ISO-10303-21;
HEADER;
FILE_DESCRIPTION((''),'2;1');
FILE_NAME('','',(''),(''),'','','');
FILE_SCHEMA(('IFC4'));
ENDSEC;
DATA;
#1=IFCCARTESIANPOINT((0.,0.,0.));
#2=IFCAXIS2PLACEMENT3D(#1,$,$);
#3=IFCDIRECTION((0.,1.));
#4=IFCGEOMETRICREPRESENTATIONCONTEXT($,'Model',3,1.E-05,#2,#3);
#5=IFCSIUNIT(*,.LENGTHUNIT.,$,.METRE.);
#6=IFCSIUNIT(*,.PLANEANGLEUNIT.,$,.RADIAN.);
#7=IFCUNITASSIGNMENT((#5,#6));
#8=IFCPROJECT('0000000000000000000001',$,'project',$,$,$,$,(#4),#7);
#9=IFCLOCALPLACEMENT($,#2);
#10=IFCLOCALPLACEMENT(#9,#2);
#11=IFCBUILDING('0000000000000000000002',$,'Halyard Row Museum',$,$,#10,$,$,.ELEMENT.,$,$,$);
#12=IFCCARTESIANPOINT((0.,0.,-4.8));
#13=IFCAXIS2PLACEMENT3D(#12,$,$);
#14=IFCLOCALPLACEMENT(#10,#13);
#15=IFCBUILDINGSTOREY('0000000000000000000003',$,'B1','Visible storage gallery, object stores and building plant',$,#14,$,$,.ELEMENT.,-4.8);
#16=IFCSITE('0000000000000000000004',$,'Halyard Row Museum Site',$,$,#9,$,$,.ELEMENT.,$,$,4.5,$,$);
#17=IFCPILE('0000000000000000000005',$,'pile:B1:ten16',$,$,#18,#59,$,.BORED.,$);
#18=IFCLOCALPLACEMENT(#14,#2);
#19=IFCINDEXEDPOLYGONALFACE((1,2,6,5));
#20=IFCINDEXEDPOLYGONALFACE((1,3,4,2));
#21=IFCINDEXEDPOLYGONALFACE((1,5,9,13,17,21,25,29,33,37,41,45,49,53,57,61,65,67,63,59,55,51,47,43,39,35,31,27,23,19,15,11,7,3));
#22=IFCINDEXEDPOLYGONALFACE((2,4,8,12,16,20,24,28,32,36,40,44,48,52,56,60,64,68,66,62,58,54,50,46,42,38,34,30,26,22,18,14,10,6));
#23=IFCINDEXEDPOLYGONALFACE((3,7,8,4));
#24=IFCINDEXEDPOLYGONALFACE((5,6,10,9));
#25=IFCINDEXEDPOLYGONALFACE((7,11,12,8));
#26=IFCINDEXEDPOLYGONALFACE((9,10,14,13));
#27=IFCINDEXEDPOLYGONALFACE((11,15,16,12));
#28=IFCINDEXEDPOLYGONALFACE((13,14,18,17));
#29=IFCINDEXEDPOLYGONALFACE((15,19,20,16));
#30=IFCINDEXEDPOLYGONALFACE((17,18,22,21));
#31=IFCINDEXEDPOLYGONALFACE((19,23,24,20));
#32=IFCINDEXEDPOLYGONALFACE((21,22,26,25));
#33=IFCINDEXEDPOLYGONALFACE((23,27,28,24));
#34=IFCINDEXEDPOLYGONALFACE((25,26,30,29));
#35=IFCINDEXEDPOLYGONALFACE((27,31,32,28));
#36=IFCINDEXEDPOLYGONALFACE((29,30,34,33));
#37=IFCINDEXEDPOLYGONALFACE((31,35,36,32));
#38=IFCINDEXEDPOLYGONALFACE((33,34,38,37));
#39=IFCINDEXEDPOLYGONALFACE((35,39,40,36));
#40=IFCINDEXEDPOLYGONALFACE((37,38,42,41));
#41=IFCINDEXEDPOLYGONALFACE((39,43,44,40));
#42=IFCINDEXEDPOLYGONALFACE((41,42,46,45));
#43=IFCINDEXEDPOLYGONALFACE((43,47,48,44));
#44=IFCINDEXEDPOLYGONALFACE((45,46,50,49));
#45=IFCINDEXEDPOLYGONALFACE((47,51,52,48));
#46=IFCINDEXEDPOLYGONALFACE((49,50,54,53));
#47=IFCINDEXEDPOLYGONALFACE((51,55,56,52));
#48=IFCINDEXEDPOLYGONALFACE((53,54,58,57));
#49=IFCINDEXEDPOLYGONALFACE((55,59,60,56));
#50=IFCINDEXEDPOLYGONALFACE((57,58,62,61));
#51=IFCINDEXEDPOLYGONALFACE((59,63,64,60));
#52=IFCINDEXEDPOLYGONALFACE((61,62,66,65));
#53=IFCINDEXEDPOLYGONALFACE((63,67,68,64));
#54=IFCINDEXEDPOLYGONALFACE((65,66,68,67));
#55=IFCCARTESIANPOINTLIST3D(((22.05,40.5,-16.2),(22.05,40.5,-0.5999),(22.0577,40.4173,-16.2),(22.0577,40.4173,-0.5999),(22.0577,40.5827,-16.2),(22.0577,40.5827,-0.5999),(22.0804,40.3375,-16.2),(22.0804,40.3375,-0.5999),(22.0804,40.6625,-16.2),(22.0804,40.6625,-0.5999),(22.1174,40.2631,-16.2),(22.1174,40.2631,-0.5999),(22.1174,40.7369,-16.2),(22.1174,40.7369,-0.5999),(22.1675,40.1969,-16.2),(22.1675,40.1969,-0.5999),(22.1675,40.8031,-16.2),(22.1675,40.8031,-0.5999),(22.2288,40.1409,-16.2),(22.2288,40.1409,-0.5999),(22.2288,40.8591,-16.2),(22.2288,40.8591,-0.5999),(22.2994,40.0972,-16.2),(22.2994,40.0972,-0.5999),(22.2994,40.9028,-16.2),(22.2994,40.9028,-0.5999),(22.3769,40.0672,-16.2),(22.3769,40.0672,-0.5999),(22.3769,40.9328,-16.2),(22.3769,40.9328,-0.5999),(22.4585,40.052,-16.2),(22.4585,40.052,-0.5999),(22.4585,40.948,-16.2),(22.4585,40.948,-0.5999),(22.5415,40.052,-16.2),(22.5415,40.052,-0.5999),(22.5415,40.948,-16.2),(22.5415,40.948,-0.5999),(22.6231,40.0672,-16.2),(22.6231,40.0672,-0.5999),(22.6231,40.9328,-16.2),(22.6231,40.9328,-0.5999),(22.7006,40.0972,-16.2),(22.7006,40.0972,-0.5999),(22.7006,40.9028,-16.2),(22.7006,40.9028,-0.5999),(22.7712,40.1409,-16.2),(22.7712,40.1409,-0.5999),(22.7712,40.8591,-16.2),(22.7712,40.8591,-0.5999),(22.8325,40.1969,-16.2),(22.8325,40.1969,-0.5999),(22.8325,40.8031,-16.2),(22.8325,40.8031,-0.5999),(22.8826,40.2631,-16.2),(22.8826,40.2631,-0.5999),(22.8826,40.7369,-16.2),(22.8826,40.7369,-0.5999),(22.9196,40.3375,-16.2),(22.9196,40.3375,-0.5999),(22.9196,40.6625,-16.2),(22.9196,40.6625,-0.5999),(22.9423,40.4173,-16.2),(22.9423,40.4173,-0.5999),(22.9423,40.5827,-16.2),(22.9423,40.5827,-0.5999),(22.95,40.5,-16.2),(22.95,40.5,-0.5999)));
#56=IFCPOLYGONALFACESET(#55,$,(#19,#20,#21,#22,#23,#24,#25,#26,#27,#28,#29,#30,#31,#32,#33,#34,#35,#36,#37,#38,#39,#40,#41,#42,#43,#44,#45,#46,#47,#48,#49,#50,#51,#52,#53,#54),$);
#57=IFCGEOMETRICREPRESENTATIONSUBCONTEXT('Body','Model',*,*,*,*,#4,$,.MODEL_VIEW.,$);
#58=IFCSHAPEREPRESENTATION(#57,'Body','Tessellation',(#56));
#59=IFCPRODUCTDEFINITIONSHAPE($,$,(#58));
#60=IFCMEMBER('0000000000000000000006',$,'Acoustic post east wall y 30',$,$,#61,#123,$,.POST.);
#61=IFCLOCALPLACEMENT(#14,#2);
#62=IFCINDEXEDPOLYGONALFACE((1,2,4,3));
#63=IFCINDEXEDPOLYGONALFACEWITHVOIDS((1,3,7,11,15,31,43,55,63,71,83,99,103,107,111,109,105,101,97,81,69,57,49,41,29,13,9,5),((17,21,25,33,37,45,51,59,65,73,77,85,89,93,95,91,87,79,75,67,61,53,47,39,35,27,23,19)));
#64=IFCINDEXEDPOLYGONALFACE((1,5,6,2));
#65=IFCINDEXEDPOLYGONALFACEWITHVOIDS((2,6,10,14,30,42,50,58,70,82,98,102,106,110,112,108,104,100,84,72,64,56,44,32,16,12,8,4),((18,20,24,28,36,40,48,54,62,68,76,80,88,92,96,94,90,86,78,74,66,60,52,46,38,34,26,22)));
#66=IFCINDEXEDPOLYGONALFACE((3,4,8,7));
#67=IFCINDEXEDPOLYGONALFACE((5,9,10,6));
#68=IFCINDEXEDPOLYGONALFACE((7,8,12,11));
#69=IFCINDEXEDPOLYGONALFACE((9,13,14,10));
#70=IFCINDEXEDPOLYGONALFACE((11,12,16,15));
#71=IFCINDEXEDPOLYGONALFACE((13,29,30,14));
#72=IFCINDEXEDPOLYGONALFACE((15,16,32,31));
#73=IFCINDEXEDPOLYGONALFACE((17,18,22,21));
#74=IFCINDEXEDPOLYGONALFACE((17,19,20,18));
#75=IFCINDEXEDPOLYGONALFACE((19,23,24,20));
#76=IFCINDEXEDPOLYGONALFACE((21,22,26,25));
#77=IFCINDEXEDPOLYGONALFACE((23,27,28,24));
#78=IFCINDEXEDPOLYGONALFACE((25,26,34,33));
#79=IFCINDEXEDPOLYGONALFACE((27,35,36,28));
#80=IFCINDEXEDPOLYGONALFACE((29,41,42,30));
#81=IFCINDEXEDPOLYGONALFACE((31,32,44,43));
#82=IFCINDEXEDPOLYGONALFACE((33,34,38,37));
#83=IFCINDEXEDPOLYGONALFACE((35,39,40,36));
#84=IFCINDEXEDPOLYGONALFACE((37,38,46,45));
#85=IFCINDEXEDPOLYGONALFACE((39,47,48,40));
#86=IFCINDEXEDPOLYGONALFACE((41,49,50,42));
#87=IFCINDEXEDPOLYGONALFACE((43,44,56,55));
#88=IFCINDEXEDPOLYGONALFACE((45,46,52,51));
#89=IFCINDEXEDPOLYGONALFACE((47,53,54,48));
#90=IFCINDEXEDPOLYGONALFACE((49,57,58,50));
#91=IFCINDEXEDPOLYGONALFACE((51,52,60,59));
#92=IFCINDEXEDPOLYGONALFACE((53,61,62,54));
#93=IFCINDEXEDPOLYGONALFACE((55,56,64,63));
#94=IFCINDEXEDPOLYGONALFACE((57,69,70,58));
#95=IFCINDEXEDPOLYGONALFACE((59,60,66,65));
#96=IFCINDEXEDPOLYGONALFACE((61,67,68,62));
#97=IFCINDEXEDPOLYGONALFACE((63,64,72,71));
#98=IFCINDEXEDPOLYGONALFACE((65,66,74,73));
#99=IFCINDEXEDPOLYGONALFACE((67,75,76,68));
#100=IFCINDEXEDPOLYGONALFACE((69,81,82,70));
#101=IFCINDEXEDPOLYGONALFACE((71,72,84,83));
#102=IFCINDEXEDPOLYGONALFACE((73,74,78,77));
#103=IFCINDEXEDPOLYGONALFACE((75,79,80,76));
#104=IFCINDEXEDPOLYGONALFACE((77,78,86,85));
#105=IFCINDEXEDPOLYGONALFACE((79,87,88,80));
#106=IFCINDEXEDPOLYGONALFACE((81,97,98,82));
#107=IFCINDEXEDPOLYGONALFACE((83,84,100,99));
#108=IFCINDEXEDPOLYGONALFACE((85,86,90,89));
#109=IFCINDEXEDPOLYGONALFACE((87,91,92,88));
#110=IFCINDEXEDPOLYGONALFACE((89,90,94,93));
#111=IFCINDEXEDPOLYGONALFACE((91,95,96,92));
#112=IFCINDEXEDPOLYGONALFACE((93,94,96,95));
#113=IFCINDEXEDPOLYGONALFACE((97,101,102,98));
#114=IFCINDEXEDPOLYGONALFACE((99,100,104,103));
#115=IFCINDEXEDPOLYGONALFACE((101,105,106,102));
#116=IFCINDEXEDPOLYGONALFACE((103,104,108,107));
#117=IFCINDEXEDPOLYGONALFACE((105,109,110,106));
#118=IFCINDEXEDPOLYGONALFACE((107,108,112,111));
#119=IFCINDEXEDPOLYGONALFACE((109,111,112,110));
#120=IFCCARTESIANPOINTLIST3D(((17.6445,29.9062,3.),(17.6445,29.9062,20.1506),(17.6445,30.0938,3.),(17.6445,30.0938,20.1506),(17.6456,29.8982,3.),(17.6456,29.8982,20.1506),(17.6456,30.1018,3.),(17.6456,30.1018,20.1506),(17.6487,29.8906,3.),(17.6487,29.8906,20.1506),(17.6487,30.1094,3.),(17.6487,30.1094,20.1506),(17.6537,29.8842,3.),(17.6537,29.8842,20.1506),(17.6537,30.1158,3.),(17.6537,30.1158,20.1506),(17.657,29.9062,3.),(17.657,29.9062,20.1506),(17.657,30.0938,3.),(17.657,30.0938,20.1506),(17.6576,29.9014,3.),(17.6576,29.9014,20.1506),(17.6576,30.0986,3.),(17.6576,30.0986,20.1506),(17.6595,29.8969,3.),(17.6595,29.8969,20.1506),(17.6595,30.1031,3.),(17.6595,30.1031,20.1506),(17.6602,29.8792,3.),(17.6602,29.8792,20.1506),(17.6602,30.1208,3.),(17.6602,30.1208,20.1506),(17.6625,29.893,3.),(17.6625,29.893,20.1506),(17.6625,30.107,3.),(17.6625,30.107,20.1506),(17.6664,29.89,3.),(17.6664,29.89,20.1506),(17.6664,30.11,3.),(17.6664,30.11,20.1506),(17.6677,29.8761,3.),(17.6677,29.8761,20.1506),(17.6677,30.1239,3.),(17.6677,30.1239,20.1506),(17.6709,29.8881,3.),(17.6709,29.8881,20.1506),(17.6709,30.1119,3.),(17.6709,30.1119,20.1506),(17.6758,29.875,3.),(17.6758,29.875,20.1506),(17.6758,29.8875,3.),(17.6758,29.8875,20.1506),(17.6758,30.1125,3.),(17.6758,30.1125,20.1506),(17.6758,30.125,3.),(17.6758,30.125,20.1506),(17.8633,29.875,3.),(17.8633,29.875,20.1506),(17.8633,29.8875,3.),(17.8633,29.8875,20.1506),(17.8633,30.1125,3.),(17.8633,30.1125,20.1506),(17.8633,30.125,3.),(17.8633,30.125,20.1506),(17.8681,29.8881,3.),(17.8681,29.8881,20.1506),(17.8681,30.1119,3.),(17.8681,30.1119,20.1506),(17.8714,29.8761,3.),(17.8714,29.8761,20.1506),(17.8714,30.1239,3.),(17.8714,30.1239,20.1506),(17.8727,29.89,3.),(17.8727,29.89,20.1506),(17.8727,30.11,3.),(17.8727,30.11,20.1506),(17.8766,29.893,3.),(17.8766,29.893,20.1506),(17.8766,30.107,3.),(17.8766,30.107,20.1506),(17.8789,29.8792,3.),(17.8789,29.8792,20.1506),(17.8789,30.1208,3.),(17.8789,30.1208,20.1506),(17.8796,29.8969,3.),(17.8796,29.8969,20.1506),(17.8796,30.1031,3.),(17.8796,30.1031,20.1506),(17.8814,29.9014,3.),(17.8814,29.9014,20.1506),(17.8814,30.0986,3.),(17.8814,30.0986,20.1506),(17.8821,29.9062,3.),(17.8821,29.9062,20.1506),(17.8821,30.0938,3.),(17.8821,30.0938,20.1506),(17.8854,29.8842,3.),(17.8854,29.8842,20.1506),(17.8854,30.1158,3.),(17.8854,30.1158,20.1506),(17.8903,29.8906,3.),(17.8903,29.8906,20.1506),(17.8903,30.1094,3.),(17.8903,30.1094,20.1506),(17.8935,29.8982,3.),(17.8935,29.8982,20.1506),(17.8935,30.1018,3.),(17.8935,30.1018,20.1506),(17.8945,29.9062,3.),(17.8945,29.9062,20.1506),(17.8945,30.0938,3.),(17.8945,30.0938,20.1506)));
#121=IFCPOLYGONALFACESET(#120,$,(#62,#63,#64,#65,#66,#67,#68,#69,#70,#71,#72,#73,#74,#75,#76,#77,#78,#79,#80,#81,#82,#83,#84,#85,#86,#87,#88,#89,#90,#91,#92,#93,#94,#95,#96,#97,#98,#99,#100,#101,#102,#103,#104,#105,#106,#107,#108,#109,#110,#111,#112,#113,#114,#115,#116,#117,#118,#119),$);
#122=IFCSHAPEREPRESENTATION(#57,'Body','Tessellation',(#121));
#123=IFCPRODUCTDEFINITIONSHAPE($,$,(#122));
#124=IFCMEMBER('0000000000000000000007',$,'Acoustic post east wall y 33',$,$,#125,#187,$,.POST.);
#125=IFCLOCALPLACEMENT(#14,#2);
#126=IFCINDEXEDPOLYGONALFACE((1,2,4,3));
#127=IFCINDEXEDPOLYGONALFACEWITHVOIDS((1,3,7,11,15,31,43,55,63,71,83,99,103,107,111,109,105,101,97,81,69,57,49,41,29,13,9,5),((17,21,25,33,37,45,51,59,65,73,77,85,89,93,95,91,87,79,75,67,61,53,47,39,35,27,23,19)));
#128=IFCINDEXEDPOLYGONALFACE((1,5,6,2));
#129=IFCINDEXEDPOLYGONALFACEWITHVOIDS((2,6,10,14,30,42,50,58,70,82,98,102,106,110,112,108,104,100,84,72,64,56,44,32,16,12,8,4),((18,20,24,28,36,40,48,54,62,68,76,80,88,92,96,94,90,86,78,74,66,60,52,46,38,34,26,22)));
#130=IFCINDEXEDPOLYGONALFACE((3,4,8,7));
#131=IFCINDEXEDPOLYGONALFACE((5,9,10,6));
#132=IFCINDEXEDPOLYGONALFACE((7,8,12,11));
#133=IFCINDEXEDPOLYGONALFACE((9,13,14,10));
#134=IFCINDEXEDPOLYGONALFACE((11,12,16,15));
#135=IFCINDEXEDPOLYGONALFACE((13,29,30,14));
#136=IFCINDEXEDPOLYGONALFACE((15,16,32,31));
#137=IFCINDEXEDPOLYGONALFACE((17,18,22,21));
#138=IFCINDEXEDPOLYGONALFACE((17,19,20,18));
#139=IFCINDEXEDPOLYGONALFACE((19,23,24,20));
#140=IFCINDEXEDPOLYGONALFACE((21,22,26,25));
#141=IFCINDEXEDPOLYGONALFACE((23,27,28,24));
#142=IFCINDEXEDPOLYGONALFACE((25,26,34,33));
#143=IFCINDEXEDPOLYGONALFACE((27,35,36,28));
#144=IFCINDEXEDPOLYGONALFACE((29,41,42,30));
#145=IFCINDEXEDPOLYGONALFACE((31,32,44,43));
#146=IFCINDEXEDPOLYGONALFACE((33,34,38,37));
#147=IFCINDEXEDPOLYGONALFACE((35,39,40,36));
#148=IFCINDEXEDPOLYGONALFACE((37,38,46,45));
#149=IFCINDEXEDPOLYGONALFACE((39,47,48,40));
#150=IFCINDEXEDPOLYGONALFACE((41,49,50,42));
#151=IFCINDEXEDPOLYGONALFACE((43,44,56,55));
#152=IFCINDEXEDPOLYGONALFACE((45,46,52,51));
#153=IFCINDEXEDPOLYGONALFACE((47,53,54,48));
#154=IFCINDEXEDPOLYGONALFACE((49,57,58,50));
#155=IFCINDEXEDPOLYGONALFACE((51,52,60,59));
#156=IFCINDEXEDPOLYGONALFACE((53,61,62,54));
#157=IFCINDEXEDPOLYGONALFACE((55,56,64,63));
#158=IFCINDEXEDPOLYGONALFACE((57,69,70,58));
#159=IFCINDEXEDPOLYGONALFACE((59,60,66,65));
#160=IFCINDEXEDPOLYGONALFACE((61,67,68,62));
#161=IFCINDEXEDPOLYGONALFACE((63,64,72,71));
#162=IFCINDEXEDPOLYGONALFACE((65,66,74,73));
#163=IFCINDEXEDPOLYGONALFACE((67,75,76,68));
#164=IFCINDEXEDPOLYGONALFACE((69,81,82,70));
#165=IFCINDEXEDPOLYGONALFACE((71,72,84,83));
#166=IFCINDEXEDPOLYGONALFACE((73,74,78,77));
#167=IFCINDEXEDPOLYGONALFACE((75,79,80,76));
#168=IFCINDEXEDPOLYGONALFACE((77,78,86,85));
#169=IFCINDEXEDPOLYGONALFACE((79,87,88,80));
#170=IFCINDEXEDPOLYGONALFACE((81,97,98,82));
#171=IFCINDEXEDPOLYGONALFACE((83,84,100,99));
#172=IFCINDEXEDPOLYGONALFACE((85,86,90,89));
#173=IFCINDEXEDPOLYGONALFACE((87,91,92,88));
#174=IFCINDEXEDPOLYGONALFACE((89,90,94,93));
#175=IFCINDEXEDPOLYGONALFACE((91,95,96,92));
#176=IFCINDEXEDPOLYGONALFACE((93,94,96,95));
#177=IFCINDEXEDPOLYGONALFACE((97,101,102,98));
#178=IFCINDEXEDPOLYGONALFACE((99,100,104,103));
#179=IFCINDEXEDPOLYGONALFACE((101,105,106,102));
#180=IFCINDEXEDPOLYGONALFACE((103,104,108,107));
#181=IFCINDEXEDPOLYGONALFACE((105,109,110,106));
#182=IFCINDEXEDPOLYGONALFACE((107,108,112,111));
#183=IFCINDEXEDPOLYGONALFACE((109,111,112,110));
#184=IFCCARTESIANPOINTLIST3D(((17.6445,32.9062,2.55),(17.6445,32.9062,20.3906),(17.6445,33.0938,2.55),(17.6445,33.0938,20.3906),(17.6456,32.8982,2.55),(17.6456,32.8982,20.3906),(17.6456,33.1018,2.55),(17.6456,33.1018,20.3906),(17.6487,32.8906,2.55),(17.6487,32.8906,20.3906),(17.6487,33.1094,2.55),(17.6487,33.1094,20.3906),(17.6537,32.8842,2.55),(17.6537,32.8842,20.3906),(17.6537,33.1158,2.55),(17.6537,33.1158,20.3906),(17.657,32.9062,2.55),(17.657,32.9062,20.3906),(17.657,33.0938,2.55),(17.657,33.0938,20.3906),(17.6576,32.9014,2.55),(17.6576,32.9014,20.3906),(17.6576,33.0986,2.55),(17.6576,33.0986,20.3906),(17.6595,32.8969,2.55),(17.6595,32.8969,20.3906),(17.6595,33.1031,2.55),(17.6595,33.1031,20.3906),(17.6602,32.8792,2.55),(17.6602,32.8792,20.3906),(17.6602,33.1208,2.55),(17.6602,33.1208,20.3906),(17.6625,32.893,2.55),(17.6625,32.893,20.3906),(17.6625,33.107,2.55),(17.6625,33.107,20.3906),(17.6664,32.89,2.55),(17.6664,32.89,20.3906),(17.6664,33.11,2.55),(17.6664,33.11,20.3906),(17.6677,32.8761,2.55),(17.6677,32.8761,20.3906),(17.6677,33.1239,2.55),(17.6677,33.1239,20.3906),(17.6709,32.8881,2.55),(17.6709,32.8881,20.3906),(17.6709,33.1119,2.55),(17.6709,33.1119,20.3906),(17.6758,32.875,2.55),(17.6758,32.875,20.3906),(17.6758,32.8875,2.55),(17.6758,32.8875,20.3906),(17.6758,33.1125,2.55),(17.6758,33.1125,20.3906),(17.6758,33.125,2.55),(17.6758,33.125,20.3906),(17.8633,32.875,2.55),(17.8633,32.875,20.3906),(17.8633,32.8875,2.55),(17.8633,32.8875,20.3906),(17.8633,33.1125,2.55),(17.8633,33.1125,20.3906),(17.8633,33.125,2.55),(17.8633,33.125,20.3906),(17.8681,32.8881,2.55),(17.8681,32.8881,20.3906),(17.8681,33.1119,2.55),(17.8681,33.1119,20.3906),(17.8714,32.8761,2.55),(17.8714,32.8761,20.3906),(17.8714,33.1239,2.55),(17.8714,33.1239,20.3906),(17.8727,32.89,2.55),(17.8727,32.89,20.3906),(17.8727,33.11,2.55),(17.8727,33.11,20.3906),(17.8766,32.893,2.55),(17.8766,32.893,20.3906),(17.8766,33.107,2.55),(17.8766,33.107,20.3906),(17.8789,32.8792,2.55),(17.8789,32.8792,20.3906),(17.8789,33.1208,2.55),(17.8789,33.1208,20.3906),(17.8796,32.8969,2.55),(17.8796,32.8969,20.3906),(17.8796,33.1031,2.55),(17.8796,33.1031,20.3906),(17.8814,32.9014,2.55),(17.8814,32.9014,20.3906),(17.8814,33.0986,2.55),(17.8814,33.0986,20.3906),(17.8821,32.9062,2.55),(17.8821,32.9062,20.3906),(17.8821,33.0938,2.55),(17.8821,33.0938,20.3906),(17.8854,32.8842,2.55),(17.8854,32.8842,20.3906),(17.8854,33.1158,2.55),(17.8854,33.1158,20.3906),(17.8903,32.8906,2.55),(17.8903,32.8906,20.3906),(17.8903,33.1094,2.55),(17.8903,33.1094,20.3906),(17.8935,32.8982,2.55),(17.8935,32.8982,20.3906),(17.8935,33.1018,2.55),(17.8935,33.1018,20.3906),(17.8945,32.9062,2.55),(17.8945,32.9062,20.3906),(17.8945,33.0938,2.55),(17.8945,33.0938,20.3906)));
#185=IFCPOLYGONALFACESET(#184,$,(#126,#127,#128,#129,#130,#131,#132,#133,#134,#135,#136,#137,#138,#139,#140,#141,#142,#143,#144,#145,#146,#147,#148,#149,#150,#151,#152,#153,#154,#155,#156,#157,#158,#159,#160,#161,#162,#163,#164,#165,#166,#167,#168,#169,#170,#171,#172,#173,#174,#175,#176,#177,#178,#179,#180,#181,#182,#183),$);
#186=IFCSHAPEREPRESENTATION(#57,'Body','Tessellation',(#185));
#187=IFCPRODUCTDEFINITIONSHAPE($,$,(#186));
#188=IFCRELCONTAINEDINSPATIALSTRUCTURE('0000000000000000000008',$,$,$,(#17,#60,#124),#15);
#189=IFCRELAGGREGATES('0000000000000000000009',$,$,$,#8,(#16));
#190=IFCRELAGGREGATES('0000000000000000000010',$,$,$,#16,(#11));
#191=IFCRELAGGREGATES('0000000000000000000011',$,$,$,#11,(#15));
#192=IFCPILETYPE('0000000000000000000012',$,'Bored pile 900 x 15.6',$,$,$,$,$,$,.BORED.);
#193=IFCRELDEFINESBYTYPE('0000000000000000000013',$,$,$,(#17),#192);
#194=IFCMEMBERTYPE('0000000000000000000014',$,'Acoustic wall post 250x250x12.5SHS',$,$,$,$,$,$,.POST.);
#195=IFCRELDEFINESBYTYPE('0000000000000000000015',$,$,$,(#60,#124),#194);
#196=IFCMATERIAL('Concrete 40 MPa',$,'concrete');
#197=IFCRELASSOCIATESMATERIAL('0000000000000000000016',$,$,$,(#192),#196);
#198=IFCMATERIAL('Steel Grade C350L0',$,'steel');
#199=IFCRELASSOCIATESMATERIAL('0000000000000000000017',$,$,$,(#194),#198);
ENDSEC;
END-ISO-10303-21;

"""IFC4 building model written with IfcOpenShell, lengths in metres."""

from ifc_helpers import new_model, si_unit, direction, frame, origin, origin_2d, place, context, subcontext, project, spatial, hollow_rectangle, circle, extrude, material, material_profile, profile_set, type_object, element, save


model = new_model("IFC4")

# Units and contexts
model_context = context("Model", 3, precision=1e-05, world=origin(), true_north=direction((0.0, 1.0)))
body_context = subcontext(model_context, "Body", "Model", "MODEL_VIEW")
ifc_project = project(units=[si_unit("LENGTHUNIT", "METRE"), si_unit("PLANEANGLEUNIT", "RADIAN")], contexts=[model_context])

# Site, building, storey
site_placement = place(None, origin())
site = spatial("IfcSite", under=ifc_project, at=site_placement, Name="Halyard Row Museum Site", CompositionType="ELEMENT", RefElevation=4.5)
building_placement = place(site_placement, origin())
building = spatial("IfcBuilding", under=site, at=building_placement, Name="Halyard Row Museum", CompositionType="ELEMENT")
storey_placement = place(building_placement, frame((0.0, 0.0, -4.8)))
storey = spatial("IfcBuildingStorey", under=building, at=storey_placement, Name="B1", Description="Visible storage gallery, object stores and building plant", CompositionType="ELEMENT", Elevation=-4.8)

# Pile
ifc_material_1 = material(Name="Concrete 40 MPa", Category="concrete")
ifc_material_profile_1 = material_profile(ifc_material_1, circle(Radius=0.45, at=origin_2d()), Name="Bored pile 900 x 15.6")
ifc_profile_set_1 = profile_set([ifc_material_profile_1], Name="Concrete 40 MPa")
pile_type_1 = type_object("IfcPileType", Name="Bored pile 900 x 15.6", PredefinedType="BORED", material=ifc_profile_set_1)
for number, where, z_axis, x_axis, name in (
    (1, (22.5, 40.5, -0.5999), (0.0, 0.0, -1.0), (1.0, 0.0, 0.0), "pile:B1:ten16"),
):
    element("IfcPile", number, at=place(storey_placement, frame(where, z_axis=z_axis, x_axis=x_axis)), inside=storey, type_object=pile_type_1, Name=name, PredefinedType="BORED", context=body_context, shape_type="SweptSolid", body=[
        extrude(circle(Radius=0.45, at=origin_2d()), origin(), (0.0, 0.0, 1.0), 15.6001),
    ])

# Members
ifc_material_2 = material(Name="Steel Grade C350L0", Category="steel")
ifc_material_profile_2 = material_profile(ifc_material_2, hollow_rectangle(XDim=0.25, YDim=0.25, WallThickness=0.0125, InnerFilletRadius=0.0188, OuterFilletRadius=0.0312, at=origin_2d()), Name="250x250x12.5SHS")
ifc_profile_set_2 = profile_set([ifc_material_profile_2], Name="Steel Grade C350L0")
member_type = type_object("IfcMemberType", Name="Acoustic wall post 250x250x12.5SHS", PredefinedType="POST", material=ifc_profile_set_2)
member_1_placement = place(storey_placement, frame((17.7695, 30.0, 3.0), z_axis=(0.0, 0.0, 1.0), x_axis=(1.0, 0.0, 0.0)))
element("IfcMember", 2, at=member_1_placement, inside=storey, type_object=member_type, Name="Acoustic post east wall y 30", PredefinedType="POST", context=body_context, shape_type="SweptSolid", body=[
    extrude(hollow_rectangle(XDim=0.25, YDim=0.25, WallThickness=0.0125, InnerFilletRadius=0.0188, OuterFilletRadius=0.0312, at=origin_2d()), origin(), (0.0, 0.0, 1.0), 17.1506),
])
member_2_placement = place(storey_placement, frame((17.7695, 33.0, 2.55), z_axis=(0.0, 0.0, 1.0), x_axis=(1.0, 0.0, 0.0)))
element("IfcMember", 3, at=member_2_placement, inside=storey, type_object=member_type, Name="Acoustic post east wall y 33", PredefinedType="POST", context=body_context, shape_type="SweptSolid", body=[
    extrude(hollow_rectangle(XDim=0.25, YDim=0.25, WallThickness=0.0125, InnerFilletRadius=0.0188, OuterFilletRadius=0.0312, at=origin_2d()), origin(), (0.0, 0.0, 1.0), 17.8406),
])

save(model, "model.ifc")
